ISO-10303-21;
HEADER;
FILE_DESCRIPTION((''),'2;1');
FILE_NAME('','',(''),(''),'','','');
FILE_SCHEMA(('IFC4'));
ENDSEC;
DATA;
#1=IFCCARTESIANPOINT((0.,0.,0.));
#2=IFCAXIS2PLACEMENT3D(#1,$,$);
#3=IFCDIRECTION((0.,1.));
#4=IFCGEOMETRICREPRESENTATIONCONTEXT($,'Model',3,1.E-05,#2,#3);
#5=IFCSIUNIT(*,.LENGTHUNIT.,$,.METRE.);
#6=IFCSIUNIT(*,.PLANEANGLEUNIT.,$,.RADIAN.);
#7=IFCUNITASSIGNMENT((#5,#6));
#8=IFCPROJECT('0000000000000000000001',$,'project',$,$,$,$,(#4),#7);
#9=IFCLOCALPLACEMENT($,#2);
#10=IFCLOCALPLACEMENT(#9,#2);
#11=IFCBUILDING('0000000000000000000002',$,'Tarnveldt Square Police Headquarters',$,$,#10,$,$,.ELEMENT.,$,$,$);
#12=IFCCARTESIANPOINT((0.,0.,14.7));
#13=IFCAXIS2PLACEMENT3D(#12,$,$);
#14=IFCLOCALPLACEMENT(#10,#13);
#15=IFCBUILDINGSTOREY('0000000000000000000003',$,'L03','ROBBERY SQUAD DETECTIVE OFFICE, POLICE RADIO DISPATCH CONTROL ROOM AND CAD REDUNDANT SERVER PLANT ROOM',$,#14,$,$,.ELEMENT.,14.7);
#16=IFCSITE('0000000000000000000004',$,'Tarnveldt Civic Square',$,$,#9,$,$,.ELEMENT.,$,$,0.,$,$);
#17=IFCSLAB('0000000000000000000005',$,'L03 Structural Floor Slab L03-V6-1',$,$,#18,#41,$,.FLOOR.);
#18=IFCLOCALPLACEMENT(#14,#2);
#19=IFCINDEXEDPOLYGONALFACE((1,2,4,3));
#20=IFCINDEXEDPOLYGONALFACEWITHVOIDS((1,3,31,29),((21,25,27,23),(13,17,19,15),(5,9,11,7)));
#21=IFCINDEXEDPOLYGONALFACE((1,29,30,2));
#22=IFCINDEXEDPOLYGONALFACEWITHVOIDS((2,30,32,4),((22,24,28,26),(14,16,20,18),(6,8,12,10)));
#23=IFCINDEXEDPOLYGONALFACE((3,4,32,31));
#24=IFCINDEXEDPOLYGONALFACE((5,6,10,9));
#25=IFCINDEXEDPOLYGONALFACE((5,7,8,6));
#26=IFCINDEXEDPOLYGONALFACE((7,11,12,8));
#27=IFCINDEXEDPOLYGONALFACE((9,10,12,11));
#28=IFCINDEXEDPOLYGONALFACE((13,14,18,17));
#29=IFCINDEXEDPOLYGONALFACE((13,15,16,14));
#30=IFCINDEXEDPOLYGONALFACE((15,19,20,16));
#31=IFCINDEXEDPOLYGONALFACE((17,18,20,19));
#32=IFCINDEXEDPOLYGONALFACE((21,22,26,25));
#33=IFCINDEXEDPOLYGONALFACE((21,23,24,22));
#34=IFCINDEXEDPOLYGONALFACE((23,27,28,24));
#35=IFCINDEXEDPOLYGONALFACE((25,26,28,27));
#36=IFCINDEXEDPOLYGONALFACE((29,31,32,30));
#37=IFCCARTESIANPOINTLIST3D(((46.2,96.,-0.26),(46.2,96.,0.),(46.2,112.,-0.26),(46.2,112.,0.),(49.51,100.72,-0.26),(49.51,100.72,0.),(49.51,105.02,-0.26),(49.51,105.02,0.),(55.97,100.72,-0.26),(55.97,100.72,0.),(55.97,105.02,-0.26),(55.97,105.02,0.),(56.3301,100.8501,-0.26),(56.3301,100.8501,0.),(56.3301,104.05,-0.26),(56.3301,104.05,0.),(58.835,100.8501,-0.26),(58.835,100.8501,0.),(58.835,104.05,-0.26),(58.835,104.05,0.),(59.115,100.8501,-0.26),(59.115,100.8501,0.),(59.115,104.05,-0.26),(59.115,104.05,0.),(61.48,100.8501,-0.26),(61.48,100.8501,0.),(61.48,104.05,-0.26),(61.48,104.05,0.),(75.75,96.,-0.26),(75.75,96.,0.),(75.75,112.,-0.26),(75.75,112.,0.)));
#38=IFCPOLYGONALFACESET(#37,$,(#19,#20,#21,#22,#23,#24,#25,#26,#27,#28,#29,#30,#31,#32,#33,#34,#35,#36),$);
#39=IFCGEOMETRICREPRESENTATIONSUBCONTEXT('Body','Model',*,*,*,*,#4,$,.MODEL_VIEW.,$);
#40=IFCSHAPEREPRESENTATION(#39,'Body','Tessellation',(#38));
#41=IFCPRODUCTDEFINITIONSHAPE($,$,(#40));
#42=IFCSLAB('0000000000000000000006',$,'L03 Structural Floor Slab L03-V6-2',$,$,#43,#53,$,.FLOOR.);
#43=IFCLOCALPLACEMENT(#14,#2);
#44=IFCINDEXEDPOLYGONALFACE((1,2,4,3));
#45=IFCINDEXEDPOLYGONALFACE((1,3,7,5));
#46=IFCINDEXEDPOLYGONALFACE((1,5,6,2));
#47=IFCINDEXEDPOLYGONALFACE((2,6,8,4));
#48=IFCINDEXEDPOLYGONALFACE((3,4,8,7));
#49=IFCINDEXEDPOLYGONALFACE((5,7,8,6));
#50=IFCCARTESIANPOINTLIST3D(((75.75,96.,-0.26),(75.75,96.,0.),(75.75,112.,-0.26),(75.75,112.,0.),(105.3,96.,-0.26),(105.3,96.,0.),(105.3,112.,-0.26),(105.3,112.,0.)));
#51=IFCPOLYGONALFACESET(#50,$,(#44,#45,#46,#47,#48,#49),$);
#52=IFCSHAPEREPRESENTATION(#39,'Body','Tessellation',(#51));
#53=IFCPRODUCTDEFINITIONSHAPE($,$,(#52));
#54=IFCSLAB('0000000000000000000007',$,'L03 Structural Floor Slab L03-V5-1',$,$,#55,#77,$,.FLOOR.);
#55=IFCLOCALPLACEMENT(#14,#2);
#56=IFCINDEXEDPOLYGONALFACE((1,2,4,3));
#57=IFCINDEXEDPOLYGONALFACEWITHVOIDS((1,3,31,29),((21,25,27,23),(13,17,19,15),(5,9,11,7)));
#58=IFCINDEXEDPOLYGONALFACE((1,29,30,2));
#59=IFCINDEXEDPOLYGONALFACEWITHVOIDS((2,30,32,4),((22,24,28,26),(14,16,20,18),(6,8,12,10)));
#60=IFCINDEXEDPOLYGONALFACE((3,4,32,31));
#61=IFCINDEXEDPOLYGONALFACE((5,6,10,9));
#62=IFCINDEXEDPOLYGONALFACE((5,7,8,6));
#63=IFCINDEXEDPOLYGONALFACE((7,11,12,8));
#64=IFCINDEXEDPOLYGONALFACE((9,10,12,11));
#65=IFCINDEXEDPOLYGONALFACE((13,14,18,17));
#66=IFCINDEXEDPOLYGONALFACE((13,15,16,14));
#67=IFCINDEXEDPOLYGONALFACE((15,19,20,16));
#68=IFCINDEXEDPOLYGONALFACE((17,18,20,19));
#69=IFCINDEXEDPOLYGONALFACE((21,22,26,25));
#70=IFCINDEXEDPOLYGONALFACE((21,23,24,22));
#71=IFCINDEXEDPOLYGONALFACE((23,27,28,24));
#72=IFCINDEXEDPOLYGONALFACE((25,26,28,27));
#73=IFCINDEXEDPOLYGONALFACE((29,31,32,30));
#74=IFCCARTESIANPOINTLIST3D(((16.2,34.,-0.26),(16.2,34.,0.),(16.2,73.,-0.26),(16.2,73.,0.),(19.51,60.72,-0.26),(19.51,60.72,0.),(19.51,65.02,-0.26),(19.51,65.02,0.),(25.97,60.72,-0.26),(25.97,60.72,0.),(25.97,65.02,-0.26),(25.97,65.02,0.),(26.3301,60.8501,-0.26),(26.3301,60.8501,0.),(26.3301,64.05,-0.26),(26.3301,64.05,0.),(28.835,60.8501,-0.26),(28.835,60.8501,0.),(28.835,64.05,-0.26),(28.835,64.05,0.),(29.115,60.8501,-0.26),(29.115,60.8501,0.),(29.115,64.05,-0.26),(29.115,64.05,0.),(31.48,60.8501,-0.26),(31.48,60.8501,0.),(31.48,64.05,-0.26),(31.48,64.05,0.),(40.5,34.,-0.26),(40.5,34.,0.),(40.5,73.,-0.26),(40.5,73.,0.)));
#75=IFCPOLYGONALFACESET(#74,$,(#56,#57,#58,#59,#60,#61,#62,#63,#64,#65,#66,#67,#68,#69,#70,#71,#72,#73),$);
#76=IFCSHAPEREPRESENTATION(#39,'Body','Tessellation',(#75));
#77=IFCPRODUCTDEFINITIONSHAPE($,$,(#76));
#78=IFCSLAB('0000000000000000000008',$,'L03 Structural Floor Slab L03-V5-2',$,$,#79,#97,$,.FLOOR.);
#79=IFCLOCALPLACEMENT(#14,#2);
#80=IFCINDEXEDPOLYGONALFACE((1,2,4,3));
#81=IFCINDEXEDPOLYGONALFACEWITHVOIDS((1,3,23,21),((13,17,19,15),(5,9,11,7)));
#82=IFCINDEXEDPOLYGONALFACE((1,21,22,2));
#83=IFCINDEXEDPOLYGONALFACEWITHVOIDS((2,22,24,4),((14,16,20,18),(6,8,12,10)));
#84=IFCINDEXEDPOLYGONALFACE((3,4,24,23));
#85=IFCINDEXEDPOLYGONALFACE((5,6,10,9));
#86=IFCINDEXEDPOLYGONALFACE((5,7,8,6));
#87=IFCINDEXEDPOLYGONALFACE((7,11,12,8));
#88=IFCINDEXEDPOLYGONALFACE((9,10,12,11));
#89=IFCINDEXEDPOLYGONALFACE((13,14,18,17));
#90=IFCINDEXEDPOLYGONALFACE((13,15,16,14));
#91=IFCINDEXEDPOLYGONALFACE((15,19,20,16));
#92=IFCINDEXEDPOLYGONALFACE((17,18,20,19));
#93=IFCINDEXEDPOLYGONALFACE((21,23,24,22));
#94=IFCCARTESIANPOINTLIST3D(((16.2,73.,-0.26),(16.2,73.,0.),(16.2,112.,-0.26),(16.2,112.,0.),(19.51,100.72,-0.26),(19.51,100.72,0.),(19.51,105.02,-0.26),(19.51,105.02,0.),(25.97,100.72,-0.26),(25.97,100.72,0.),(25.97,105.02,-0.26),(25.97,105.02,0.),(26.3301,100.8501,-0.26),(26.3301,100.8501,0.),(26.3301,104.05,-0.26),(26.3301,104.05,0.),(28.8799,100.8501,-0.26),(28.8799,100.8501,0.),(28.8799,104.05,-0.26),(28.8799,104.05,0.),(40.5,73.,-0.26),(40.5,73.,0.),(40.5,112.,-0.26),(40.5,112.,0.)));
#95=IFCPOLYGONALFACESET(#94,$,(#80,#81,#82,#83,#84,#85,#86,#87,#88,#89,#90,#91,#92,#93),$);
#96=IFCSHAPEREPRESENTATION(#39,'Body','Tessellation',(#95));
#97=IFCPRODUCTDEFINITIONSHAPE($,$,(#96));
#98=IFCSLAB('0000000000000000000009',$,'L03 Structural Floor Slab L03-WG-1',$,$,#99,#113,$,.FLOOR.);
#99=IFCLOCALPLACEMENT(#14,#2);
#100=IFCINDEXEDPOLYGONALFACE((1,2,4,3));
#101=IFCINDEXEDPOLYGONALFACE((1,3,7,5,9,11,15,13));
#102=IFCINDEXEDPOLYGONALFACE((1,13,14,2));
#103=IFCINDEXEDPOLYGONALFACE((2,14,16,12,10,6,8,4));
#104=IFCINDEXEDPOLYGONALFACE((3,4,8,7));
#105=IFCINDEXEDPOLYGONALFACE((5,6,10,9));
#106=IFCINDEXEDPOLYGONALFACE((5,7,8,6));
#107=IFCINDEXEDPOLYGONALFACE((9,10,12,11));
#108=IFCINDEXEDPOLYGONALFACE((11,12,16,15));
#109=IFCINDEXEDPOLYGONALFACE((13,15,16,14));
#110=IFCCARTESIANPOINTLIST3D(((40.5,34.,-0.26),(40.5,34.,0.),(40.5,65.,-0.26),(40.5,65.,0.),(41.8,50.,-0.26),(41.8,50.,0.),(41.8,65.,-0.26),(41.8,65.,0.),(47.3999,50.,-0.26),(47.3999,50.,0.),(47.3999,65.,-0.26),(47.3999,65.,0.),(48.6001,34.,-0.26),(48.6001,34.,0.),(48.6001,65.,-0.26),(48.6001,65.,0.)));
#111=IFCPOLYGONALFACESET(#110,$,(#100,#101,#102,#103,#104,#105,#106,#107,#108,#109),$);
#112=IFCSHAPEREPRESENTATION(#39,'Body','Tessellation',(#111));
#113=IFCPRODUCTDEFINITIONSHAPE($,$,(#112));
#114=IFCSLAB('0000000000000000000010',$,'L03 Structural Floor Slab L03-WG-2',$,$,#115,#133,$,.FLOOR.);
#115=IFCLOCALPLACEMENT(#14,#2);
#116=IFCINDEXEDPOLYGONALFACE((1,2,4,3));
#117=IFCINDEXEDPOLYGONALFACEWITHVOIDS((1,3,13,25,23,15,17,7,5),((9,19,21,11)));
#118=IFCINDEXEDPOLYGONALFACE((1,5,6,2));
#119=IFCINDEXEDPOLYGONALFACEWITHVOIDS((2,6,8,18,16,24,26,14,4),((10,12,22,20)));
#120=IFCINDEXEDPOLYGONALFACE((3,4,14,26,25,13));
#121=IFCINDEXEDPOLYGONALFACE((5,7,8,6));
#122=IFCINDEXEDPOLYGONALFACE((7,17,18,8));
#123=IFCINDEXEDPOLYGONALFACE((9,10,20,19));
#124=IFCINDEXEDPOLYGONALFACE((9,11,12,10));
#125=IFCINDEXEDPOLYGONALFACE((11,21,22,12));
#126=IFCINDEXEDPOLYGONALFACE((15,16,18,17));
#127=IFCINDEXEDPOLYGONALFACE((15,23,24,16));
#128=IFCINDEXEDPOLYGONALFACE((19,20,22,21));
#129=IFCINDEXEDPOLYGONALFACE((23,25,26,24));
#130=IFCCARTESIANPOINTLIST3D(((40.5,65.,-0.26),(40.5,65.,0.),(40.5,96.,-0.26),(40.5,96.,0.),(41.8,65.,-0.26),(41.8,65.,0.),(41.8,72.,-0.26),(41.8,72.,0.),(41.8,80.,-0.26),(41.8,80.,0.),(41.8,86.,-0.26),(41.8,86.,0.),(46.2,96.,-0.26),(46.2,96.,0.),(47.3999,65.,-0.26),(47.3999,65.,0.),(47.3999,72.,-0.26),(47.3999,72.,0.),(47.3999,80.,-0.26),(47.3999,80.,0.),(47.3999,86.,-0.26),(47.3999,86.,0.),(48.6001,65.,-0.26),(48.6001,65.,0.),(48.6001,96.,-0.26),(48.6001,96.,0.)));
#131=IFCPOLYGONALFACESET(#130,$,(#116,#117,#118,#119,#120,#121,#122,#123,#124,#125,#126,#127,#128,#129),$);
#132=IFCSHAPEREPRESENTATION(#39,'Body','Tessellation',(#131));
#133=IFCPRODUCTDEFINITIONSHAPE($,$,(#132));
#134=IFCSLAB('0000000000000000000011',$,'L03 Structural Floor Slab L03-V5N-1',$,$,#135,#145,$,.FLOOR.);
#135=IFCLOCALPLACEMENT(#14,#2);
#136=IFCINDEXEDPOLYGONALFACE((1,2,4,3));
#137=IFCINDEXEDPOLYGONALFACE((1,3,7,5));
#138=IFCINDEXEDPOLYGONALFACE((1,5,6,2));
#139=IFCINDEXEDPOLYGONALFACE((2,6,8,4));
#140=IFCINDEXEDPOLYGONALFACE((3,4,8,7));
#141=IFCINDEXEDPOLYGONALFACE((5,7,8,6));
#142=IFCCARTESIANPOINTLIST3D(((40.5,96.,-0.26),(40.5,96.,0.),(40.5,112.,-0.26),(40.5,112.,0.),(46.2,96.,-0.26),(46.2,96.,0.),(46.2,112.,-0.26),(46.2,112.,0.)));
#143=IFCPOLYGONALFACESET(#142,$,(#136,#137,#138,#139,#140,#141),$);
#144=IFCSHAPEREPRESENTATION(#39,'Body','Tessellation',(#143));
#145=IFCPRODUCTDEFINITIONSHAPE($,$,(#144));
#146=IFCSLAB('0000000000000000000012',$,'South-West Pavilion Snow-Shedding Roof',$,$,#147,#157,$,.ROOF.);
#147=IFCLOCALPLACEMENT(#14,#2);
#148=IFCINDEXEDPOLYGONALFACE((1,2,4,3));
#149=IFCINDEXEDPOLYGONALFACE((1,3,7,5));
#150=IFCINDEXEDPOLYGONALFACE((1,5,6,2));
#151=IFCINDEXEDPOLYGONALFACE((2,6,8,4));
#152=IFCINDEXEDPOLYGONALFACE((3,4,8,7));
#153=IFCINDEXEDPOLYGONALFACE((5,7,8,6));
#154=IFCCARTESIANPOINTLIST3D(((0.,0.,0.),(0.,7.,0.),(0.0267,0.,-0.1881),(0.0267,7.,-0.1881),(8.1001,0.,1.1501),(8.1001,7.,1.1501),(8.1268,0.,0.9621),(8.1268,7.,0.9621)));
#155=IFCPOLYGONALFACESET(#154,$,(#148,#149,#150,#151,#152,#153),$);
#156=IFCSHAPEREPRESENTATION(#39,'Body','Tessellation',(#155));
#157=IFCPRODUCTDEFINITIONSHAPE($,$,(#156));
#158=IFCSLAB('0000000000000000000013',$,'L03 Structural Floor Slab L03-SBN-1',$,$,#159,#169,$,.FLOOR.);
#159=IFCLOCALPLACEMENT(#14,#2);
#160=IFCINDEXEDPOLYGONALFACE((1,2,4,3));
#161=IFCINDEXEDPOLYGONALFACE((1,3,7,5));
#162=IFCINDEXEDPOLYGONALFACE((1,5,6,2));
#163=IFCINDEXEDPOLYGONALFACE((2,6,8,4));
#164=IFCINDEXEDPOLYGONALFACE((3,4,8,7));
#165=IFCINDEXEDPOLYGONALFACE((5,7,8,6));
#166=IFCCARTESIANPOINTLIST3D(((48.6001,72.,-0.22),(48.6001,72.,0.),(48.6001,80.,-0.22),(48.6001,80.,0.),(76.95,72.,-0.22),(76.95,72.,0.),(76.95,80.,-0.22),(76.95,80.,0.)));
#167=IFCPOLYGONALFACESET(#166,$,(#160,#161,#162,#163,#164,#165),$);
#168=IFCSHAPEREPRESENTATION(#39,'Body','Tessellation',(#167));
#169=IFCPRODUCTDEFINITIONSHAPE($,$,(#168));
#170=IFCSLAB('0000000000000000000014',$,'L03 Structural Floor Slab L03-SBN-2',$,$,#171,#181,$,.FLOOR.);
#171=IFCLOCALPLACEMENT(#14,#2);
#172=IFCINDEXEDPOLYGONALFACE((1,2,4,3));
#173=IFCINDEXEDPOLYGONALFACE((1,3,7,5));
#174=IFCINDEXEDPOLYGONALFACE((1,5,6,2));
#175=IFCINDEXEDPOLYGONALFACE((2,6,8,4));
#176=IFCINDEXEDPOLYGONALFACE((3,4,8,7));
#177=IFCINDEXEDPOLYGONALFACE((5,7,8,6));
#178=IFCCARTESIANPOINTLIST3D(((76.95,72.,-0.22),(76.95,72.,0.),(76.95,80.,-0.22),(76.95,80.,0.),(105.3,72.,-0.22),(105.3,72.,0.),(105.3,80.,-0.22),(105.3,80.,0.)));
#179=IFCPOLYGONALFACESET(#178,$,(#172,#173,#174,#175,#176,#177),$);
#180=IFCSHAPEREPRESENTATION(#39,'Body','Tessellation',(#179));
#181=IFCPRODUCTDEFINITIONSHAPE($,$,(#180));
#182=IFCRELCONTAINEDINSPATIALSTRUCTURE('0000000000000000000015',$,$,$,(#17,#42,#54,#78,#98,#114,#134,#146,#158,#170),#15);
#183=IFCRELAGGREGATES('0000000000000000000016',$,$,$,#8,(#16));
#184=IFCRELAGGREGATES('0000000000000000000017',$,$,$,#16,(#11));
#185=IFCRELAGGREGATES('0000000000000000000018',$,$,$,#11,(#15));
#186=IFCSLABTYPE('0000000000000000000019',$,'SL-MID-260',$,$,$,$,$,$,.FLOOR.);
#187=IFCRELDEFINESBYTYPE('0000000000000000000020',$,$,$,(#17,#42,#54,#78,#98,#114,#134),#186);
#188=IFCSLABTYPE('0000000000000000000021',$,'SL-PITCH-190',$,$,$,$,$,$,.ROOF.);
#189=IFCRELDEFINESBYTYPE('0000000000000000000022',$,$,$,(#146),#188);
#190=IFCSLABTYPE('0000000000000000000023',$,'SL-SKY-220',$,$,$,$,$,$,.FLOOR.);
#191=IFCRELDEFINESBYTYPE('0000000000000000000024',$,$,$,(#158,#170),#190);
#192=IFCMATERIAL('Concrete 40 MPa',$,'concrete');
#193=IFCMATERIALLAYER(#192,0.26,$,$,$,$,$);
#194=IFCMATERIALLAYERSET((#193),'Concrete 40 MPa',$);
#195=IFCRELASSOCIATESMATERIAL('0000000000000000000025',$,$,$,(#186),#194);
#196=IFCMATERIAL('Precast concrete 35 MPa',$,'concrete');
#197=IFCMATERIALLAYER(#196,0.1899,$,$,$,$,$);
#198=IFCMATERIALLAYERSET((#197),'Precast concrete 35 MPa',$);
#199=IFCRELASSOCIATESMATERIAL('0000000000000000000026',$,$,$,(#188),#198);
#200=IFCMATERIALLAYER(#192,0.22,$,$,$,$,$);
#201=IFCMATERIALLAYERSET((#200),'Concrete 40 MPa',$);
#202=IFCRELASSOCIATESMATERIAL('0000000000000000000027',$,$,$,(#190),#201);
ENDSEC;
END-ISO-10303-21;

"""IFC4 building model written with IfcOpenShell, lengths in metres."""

from ifc_helpers import new_model, si_unit, direction, frame, origin, place, context, subcontext, project, spatial, polyline, outline, extrude, material, layer, layer_set, type_object, element, save


model = new_model("IFC4")

# Units and contexts
model_context = context("Model", 3, precision=1e-05, world=origin(), true_north=direction((0.0, 1.0)))
body_context = subcontext(model_context, "Body", "Model", "MODEL_VIEW")
ifc_project = project(units=[si_unit("LENGTHUNIT", "METRE"), si_unit("PLANEANGLEUNIT", "RADIAN")], contexts=[model_context])

# Site, building, storey
site_placement = place(None, origin())
site = spatial("IfcSite", under=ifc_project, at=site_placement, Name="Tarnveldt Civic Square", CompositionType="ELEMENT", RefElevation=0.0)
building_placement = place(site_placement, origin())
building = spatial("IfcBuilding", under=site, at=building_placement, Name="Tarnveldt Square Police Headquarters", CompositionType="ELEMENT")
storey_placement = place(building_placement, frame((0.0, 0.0, 14.7)))
storey = spatial("IfcBuildingStorey", under=building, at=storey_placement, Name="L03", Description="ROBBERY SQUAD DETECTIVE OFFICE, POLICE RADIO DISPATCH CONTROL ROOM AND CAD REDUNDANT SERVER PLANT ROOM", CompositionType="ELEMENT", Elevation=14.7)

# Shared definitions
ifc_material_1 = material(Name="Concrete 40 MPa", Category="concrete")

# Slabs
ifc_layer_1 = layer(ifc_material_1, 0.26)
ifc_layer_set_1 = layer_set([ifc_layer_1], Name="Concrete 40 MPa")
slab_type_1 = type_object("IfcSlabType", Name="SL-MID-260", PredefinedType="FLOOR", material=ifc_layer_set_1)
slab_1_placement = place(storey_placement, frame((0.0, 0.0, -0.26)))
element("IfcSlab", 1, at=slab_1_placement, inside=storey, type_object=slab_type_1, Name="L03 Structural Floor Slab L03-V6-1", PredefinedType="FLOOR", context=body_context, shape_type="SweptSolid", body=[
    extrude(outline(polyline([(75.75, 112.0), (75.75, 96.0), (46.2, 96.0), (46.2, 112.0), (75.75, 112.0)]), holes=[polyline([(56.3301, 104.05), (56.3301, 100.8501), (58.835, 100.8501), (58.835, 104.05), (56.3301, 104.05)]), polyline([(59.115, 104.05), (59.115, 100.8501), (61.48, 100.8501), (61.48, 104.05), (59.115, 104.05)]), polyline([(49.51, 105.02), (49.51, 100.72), (55.97, 100.72), (55.97, 105.02), (49.51, 105.02)])]), origin(), (0.0, 0.0, 1.0), 0.26),
])
slab_2_placement = place(storey_placement, frame((0.0, 0.0, -0.26)))
element("IfcSlab", 2, at=slab_2_placement, inside=storey, type_object=slab_type_1, Name="L03 Structural Floor Slab L03-V6-2", PredefinedType="FLOOR", context=body_context, shape_type="SweptSolid", body=[
    extrude(outline(polyline([(105.3, 112.0), (105.3, 96.0), (75.75, 96.0), (75.75, 112.0), (105.3, 112.0)])), origin(), (0.0, 0.0, 1.0), 0.26),
])
slab_3_placement = place(storey_placement, frame((0.0, 0.0, -0.26)))
element("IfcSlab", 3, at=slab_3_placement, inside=storey, type_object=slab_type_1, Name="L03 Structural Floor Slab L03-V5-1", PredefinedType="FLOOR", context=body_context, shape_type="SweptSolid", body=[
    extrude(outline(polyline([(40.5, 34.0), (16.2, 34.0), (16.2, 73.0), (40.5, 73.0), (40.5, 34.0)]), holes=[polyline([(26.3301, 64.05), (26.3301, 60.8501), (28.835, 60.8501), (28.835, 64.05), (26.3301, 64.05)]), polyline([(29.115, 60.8501), (31.48, 60.8501), (31.48, 64.05), (29.115, 64.05), (29.115, 60.8501)]), polyline([(19.51, 65.02), (19.51, 60.72), (25.97, 60.72), (25.97, 65.02), (19.51, 65.02)])]), origin(), (0.0, 0.0, 1.0), 0.26),
])
slab_4_placement = place(storey_placement, frame((0.0, 0.0, -0.26)))
element("IfcSlab", 4, at=slab_4_placement, inside=storey, type_object=slab_type_1, Name="L03 Structural Floor Slab L03-V5-2", PredefinedType="FLOOR", context=body_context, shape_type="SweptSolid", body=[
    extrude(outline(polyline([(40.5, 73.0), (16.2, 73.0), (16.2, 112.0), (40.5, 112.0), (40.5, 73.0)]), holes=[polyline([(26.3301, 104.05), (26.3301, 100.8501), (28.8799, 100.8501), (28.8799, 104.05), (26.3301, 104.05)]), polyline([(19.51, 100.72), (25.97, 100.72), (25.97, 105.02), (19.51, 105.02), (19.51, 100.72)])]), origin(), (0.0, 0.0, 1.0), 0.26),
])
slab_5_placement = place(storey_placement, frame((0.0, 0.0, -0.26)))
element("IfcSlab", 5, at=slab_5_placement, inside=storey, type_object=slab_type_1, Name="L03 Structural Floor Slab L03-WG-1", PredefinedType="FLOOR", context=body_context, shape_type="SweptSolid", body=[
    extrude(outline(polyline([(40.5, 65.0), (41.8, 65.0), (41.8, 50.0), (47.3999, 50.0), (47.3999, 65.0), (48.6001, 65.0), (48.6001, 34.0), (40.5, 34.0), (40.5, 65.0)])), origin(), (0.0, 0.0, 1.0), 0.26),
])
slab_6_placement = place(storey_placement, frame((0.0, 0.0, -0.26)))
element("IfcSlab", 6, at=slab_6_placement, inside=storey, type_object=slab_type_1, Name="L03 Structural Floor Slab L03-WG-2", PredefinedType="FLOOR", context=body_context, shape_type="SweptSolid", body=[
    extrude(outline(polyline([(40.5, 96.0), (46.2, 96.0), (48.6001, 96.0), (48.6001, 65.0), (47.3999, 65.0), (47.3999, 72.0), (41.8, 72.0), (41.8, 65.0), (40.5, 65.0), (40.5, 96.0)]), holes=[polyline([(41.8, 86.0), (41.8, 80.0), (47.3999, 80.0), (47.3999, 86.0), (41.8, 86.0)])]), origin(), (0.0, 0.0, 1.0), 0.26),
])
slab_7_placement = place(storey_placement, frame((0.0, 0.0, -0.26)))
element("IfcSlab", 7, at=slab_7_placement, inside=storey, type_object=slab_type_1, Name="L03 Structural Floor Slab L03-V5N-1", PredefinedType="FLOOR", context=body_context, shape_type="SweptSolid", body=[
    extrude(outline(polyline([(40.5, 96.0), (40.5, 112.0), (46.2, 112.0), (46.2, 96.0), (40.5, 96.0)])), origin(), (0.0, 0.0, 1.0), 0.26),
])
ifc_material_2 = material(Name="Precast concrete 35 MPa", Category="concrete")
ifc_layer_2 = layer(ifc_material_2, 0.1899)
ifc_layer_set_2 = layer_set([ifc_layer_2], Name="Precast concrete 35 MPa")
slab_type_2 = type_object("IfcSlabType", Name="SL-PITCH-190", PredefinedType="ROOF", material=ifc_layer_set_2)
slab_8_placement = place(storey_placement, frame((0.0, 0.0, 0.0), z_axis=(-0.140582, 0.0, 0.990069), x_axis=(0.0, 1.0, 0.0)))
element("IfcSlab", 8, at=slab_8_placement, inside=storey, type_object=slab_type_2, Name="South-West Pavilion Snow-Shedding Roof", PredefinedType="ROOF", context=body_context, shape_type="SweptSolid", body=[
    extrude(outline(polyline([(0.0, 0.0), (7.0, 0.0), (7.0, -8.1813), (0.0, -8.1813), (0.0, 0.0)])), origin(), (0.0, 0.0, -1.0), 0.1899),
])
ifc_layer_3 = layer(ifc_material_1, 0.22)
ifc_layer_set_3 = layer_set([ifc_layer_3], Name="Concrete 40 MPa")
slab_type_3 = type_object("IfcSlabType", Name="SL-SKY-220", PredefinedType="FLOOR", material=ifc_layer_set_3)
slab_9_placement = place(storey_placement, frame((0.0, 0.0, -0.22)))
element("IfcSlab", 9, at=slab_9_placement, inside=storey, type_object=slab_type_3, Name="L03 Structural Floor Slab L03-SBN-1", PredefinedType="FLOOR", context=body_context, shape_type="SweptSolid", body=[
    extrude(outline(polyline([(48.6001, 80.0), (76.95, 80.0), (76.95, 72.0), (48.6001, 72.0), (48.6001, 80.0)])), origin(), (0.0, 0.0, 1.0), 0.22),
])
slab_10_placement = place(storey_placement, frame((0.0, 0.0, -0.22)))
element("IfcSlab", 10, at=slab_10_placement, inside=storey, type_object=slab_type_3, Name="L03 Structural Floor Slab L03-SBN-2", PredefinedType="FLOOR", context=body_context, shape_type="SweptSolid", body=[
    extrude(outline(polyline([(105.3, 80.0), (105.3, 72.0), (76.95, 72.0), (76.95, 80.0), (105.3, 80.0)])), origin(), (0.0, 0.0, 1.0), 0.22),
])

save(model, "model.ifc")
